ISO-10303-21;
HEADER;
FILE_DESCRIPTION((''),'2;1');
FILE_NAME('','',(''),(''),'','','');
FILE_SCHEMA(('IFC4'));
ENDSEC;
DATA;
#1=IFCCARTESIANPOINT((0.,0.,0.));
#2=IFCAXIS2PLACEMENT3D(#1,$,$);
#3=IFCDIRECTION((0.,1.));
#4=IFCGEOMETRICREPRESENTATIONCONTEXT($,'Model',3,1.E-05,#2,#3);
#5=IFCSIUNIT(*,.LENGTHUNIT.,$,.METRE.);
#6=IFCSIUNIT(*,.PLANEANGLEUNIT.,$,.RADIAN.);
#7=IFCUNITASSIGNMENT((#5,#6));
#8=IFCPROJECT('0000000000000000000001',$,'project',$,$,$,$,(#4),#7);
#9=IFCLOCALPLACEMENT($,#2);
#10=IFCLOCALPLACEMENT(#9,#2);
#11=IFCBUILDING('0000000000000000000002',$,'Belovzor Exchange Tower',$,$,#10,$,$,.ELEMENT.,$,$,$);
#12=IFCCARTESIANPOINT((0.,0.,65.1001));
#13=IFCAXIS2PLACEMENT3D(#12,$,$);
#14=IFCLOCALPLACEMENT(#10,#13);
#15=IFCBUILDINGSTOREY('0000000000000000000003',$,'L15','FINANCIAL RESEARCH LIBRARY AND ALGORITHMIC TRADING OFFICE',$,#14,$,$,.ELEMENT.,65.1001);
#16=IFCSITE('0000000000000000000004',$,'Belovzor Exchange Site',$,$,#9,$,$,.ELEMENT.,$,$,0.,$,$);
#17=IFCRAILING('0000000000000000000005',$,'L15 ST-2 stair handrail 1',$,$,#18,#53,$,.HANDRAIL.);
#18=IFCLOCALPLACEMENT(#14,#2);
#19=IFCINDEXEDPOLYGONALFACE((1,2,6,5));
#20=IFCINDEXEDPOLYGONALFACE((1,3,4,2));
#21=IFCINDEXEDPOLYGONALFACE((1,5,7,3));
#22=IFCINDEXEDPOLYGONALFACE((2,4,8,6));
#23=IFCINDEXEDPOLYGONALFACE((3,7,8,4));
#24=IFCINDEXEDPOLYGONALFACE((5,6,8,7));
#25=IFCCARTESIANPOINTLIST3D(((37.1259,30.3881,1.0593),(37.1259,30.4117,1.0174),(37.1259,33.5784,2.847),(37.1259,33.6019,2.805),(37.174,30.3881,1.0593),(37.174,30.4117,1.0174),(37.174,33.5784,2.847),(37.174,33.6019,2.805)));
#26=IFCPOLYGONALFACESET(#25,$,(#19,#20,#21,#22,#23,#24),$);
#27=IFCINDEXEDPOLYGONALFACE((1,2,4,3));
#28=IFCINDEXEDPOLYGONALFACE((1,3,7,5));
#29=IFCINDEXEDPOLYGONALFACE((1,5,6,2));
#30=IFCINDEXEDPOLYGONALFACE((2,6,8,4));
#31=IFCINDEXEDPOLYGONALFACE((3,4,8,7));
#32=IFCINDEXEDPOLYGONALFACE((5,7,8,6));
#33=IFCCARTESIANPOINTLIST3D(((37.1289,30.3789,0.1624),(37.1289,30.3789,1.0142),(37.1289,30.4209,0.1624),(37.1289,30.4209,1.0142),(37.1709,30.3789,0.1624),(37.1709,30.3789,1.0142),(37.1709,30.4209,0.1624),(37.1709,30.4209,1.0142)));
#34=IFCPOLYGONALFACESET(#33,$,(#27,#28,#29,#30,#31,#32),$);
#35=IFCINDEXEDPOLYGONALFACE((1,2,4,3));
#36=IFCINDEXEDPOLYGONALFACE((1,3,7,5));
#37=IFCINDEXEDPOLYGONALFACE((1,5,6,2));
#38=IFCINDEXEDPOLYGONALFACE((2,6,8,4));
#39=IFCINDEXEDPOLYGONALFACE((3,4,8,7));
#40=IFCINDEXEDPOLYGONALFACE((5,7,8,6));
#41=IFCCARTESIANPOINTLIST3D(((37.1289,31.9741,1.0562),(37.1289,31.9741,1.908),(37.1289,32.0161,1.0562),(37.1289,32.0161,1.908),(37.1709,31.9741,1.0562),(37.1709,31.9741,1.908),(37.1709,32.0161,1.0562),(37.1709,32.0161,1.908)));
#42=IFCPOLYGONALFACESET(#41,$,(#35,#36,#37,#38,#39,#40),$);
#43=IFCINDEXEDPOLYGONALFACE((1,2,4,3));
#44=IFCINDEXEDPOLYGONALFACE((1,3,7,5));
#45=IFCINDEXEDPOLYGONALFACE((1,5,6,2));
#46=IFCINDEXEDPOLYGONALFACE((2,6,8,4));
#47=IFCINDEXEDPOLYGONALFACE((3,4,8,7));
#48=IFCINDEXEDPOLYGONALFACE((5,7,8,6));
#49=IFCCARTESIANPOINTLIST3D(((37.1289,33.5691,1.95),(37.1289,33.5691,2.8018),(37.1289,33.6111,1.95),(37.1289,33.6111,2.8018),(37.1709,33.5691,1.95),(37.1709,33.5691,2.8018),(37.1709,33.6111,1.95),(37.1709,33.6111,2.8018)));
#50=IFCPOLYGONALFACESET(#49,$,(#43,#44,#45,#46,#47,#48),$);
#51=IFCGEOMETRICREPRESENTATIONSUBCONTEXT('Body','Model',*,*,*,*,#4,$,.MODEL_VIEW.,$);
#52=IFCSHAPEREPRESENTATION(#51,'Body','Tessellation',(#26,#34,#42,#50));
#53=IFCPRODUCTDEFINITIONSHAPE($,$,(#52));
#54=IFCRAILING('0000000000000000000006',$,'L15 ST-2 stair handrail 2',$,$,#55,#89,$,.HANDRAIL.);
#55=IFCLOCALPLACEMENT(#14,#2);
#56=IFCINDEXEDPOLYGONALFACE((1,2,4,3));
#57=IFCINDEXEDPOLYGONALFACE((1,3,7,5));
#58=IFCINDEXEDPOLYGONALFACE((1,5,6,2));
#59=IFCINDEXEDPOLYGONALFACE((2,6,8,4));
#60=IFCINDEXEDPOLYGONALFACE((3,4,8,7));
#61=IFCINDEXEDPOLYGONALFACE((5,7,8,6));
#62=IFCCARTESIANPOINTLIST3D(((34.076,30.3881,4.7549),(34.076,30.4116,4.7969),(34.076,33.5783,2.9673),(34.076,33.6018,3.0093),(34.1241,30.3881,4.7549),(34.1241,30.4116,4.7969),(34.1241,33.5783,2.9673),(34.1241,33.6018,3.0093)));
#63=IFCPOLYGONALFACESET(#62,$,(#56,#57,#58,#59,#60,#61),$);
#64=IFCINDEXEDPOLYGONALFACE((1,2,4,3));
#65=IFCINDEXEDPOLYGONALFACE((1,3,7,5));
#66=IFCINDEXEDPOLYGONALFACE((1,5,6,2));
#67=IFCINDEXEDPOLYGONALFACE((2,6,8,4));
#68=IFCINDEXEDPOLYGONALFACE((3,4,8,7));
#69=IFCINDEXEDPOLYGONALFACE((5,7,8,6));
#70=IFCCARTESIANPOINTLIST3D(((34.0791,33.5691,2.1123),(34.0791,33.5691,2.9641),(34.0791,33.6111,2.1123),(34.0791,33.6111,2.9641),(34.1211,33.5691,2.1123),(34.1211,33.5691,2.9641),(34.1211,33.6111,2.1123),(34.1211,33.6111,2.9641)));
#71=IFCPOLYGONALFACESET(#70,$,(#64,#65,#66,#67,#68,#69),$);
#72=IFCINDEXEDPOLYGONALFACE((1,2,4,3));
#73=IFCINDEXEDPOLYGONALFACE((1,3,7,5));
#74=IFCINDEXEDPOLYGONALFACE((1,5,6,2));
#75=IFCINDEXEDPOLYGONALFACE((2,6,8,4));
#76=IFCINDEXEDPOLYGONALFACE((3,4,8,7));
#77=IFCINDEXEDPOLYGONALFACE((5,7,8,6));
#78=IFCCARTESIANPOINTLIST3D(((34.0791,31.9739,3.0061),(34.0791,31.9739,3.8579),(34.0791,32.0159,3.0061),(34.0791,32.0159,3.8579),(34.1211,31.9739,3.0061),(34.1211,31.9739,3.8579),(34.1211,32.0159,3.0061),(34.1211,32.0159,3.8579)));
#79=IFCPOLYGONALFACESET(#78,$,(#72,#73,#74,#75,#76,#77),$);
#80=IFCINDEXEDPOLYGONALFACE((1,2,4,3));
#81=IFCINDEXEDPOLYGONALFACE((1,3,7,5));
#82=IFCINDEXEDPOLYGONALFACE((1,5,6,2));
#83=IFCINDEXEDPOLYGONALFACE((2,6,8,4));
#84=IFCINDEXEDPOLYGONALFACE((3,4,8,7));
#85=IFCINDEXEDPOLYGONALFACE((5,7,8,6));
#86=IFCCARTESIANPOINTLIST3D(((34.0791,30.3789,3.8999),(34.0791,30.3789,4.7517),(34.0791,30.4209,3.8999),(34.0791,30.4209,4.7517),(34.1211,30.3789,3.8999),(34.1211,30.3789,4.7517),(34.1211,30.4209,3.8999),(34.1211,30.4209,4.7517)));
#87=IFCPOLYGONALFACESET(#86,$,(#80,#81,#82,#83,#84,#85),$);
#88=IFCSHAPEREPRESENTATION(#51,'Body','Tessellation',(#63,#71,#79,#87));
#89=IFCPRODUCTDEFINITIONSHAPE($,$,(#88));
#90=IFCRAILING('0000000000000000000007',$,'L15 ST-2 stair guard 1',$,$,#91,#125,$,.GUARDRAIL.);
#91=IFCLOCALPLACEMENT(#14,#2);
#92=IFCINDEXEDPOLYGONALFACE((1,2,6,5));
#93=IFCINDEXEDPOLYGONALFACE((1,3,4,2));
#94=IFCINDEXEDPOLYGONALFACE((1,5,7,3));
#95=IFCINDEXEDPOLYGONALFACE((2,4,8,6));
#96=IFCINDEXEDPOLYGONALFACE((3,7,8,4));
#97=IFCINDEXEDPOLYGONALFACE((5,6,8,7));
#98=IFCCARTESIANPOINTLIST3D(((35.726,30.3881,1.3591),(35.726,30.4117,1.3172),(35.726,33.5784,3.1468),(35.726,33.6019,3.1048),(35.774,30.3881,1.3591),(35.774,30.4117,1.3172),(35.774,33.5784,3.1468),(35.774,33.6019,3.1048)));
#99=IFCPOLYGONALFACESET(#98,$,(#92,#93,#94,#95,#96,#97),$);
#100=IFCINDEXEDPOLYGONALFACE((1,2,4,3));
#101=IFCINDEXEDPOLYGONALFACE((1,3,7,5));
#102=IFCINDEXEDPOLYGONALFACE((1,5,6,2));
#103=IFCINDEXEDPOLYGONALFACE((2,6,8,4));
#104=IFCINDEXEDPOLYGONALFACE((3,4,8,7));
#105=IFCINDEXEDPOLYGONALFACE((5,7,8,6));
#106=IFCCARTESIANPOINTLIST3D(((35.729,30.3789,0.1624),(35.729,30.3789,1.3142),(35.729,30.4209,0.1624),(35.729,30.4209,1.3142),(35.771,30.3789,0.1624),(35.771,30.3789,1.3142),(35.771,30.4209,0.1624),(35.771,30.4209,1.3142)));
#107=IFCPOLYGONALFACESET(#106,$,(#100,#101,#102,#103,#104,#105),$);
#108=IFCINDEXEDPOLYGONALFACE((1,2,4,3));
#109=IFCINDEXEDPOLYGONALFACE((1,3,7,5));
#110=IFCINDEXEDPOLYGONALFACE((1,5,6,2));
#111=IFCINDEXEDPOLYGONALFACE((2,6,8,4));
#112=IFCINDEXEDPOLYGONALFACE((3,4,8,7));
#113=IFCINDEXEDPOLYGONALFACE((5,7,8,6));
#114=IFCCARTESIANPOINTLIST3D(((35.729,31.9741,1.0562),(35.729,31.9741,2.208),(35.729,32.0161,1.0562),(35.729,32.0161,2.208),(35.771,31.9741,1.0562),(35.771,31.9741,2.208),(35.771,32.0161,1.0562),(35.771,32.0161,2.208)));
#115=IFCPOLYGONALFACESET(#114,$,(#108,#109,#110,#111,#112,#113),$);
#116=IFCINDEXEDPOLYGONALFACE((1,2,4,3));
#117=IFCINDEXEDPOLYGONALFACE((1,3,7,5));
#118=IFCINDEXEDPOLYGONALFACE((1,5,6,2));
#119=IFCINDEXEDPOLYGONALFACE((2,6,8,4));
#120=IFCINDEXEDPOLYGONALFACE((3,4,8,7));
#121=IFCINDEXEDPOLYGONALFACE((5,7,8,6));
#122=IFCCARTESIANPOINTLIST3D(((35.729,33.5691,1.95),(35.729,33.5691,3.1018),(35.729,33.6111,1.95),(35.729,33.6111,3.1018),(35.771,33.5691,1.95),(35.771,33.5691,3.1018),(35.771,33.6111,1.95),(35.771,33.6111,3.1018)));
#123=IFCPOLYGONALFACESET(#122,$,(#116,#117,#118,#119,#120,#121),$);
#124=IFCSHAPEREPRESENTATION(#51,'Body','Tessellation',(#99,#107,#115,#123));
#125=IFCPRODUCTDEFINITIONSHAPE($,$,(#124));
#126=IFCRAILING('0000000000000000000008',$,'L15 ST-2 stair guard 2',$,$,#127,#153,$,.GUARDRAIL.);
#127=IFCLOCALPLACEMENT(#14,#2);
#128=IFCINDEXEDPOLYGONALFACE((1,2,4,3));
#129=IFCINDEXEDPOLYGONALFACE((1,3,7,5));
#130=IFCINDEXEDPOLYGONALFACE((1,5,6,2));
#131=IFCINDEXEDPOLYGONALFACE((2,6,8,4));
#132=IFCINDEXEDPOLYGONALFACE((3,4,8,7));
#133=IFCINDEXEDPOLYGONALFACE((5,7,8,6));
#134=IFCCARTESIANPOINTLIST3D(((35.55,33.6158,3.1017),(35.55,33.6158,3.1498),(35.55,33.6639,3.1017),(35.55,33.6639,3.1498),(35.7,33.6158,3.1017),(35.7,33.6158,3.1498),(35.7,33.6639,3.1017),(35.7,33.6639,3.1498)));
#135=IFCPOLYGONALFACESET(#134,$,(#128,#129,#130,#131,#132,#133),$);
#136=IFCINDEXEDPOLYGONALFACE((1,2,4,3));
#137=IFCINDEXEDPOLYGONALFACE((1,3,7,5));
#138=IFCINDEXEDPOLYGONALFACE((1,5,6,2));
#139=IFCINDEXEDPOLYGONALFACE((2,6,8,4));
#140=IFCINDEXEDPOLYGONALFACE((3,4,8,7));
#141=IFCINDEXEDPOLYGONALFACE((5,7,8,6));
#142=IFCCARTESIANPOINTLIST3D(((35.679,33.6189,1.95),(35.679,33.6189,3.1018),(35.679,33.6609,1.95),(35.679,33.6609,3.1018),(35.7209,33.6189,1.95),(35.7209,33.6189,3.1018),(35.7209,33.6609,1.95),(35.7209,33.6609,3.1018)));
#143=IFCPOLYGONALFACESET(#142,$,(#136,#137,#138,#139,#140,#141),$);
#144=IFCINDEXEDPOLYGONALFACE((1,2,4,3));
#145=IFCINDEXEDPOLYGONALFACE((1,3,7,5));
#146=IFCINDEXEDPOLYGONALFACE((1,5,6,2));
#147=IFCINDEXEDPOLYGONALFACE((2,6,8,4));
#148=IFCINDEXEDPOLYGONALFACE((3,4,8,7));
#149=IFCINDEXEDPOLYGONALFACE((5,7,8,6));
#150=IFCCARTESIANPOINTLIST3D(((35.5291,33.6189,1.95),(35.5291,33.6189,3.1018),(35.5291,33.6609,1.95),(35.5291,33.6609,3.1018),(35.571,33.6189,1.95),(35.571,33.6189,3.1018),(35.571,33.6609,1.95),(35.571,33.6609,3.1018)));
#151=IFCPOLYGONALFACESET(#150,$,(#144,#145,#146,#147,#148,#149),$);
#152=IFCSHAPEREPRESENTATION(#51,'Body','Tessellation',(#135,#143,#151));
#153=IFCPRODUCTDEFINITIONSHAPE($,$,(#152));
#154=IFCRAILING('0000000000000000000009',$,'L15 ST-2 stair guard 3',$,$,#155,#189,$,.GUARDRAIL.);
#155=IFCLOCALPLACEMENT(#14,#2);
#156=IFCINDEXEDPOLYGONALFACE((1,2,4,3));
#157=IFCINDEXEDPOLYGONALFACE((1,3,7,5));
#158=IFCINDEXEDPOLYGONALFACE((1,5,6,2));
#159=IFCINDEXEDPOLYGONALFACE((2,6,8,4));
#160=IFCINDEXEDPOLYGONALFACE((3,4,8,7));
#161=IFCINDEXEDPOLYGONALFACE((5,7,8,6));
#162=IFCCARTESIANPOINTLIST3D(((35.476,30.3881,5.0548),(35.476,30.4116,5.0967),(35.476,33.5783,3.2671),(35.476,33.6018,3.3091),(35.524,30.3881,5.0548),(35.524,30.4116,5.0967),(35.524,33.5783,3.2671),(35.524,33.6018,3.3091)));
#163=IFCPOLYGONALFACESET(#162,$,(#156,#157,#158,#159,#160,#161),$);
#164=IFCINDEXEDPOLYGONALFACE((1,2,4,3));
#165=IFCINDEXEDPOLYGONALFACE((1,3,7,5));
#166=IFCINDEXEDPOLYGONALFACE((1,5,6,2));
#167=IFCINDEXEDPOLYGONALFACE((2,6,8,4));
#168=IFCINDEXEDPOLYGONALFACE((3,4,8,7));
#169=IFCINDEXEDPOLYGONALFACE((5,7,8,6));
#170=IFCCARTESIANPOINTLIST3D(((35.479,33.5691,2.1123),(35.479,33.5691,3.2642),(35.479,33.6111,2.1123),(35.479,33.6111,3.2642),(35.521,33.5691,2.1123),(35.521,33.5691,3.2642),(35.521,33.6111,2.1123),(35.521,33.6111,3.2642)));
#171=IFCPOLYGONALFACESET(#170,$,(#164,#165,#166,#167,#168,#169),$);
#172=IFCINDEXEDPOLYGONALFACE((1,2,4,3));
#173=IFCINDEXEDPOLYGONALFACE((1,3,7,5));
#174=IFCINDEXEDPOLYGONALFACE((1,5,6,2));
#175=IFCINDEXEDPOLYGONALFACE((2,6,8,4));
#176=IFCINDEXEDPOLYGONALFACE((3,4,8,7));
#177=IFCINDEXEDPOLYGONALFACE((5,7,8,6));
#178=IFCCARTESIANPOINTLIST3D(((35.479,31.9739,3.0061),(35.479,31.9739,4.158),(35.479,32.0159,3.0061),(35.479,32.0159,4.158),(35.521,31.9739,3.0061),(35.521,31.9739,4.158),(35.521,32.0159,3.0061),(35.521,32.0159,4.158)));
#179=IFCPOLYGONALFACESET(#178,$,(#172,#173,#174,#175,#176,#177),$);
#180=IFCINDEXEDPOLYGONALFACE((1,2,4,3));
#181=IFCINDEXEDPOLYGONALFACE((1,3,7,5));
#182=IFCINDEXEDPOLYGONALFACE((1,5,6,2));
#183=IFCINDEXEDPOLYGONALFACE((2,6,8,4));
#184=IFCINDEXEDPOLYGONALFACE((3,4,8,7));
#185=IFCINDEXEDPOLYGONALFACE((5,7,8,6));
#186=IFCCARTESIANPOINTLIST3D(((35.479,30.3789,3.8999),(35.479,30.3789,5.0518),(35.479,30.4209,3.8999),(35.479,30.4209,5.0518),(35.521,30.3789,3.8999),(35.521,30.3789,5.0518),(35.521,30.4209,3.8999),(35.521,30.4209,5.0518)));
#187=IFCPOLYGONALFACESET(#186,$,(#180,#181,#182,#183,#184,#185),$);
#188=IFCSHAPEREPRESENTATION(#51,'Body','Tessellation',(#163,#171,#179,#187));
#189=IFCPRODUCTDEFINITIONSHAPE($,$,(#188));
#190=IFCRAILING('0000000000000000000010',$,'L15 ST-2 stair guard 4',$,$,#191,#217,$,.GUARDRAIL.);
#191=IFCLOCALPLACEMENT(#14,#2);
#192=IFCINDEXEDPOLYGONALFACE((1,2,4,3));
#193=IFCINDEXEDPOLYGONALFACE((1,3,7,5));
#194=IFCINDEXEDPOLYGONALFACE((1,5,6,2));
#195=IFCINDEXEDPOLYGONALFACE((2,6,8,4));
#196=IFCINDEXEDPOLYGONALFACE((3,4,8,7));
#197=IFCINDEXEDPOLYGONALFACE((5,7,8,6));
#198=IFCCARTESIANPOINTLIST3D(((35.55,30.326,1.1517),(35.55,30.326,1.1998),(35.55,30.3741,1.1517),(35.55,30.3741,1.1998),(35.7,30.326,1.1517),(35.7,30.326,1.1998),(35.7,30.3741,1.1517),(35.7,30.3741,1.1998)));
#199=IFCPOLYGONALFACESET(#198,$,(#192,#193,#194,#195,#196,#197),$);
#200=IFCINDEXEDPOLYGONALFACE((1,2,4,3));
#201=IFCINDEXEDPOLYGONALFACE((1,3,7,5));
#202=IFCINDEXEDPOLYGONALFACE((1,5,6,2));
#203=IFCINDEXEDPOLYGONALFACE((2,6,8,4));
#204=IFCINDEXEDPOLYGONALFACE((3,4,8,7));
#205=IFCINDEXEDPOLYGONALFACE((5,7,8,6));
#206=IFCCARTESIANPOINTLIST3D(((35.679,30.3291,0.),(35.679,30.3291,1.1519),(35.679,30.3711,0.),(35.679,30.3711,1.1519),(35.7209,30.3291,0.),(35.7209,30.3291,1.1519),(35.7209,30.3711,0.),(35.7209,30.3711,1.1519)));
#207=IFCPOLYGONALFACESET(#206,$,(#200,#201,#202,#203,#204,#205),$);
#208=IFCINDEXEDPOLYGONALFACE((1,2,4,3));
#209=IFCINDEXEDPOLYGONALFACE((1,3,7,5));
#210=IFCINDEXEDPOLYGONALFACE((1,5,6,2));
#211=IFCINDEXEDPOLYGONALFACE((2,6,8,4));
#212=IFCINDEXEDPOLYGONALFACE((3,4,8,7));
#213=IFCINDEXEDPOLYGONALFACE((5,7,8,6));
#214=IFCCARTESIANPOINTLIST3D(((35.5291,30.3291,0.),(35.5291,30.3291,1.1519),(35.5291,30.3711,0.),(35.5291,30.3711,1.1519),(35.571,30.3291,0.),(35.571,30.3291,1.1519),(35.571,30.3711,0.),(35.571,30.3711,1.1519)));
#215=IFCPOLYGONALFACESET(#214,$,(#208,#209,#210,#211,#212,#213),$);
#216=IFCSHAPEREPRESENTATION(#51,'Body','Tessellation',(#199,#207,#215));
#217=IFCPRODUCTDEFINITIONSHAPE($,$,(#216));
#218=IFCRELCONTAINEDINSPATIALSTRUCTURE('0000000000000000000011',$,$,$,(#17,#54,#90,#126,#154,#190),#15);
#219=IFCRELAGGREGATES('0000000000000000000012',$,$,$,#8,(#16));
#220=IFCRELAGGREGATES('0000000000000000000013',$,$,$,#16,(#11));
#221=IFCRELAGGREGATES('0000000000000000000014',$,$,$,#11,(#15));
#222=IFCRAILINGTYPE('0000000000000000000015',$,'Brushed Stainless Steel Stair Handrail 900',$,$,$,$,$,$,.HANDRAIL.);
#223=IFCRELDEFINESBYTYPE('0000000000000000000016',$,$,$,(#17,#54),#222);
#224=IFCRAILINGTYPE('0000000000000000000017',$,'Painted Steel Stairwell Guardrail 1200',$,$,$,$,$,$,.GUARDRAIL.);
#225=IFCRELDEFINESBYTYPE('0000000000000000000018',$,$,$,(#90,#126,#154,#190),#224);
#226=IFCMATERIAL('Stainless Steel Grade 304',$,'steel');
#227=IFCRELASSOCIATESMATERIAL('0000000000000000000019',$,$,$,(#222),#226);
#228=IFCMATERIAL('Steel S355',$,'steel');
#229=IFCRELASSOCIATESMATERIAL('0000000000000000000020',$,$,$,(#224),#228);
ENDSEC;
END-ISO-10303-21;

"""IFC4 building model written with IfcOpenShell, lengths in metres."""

from ifc_helpers import new_model, si_unit, direction, frame, origin, origin_2d, place, context, subcontext, project, spatial, rectangle, extrude, material, type_object, element, save


model = new_model("IFC4")

# Units and contexts
model_context = context("Model", 3, precision=1e-05, world=origin(), true_north=direction((0.0, 1.0)))
body_context = subcontext(model_context, "Body", "Model", "MODEL_VIEW")
ifc_project = project(units=[si_unit("LENGTHUNIT", "METRE"), si_unit("PLANEANGLEUNIT", "RADIAN")], contexts=[model_context])

# Site, building, storey
site_placement = place(None, origin())
site = spatial("IfcSite", under=ifc_project, at=site_placement, Name="Belovzor Exchange Site", CompositionType="ELEMENT", RefElevation=0.0)
building_placement = place(site_placement, origin())
building = spatial("IfcBuilding", under=site, at=building_placement, Name="Belovzor Exchange Tower", CompositionType="ELEMENT")
storey_placement = place(building_placement, frame((0.0, 0.0, 65.1001)))
storey = spatial("IfcBuildingStorey", under=building, at=storey_placement, Name="L15", Description="FINANCIAL RESEARCH LIBRARY AND ALGORITHMIC TRADING OFFICE", CompositionType="ELEMENT", Elevation=65.1001)

# Railings
ifc_material_1 = material(Name="Stainless Steel Grade 304", Category="steel")
railing_type_1 = type_object("IfcRailingType", Name="Brushed Stainless Steel Stair Handrail 900", PredefinedType="HANDRAIL", material=ifc_material_1)
railing_1_placement = place(storey_placement, frame((37.1499, 30.3999, 0.1624)))
element("IfcRailing", 1, at=railing_1_placement, inside=storey, type_object=railing_type_1, Name="L15 ST-2 stair handrail 1", PredefinedType="HANDRAIL", context=body_context, shape_type="SweptSolid", body=[
    extrude(rectangle(XDim=0.0481, YDim=0.0481, at=origin_2d()), frame((0.0, 0.0, 0.876), z_axis=(0.0, 0.872378, 0.488831), x_axis=(-1.0, 0.0, 0.0)), (0.0, 0.0, 1.0), 3.657),
    extrude(rectangle(XDim=0.042, YDim=0.042, at=origin_2d()), origin(), (0.0, 0.0, 1.0), 0.8518),
    extrude(rectangle(XDim=0.042, YDim=0.042, at=origin_2d()), frame((0.0, 1.5952, 0.8938)), (0.0, 0.0, 1.0), 0.8518),
    extrude(rectangle(XDim=0.042, YDim=0.042, at=origin_2d()), frame((0.0, 3.1902, 1.7876)), (0.0, 0.0, 1.0), 0.8518),
])
railing_2_placement = place(storey_placement, frame((34.1001, 33.5901, 2.1123)))
element("IfcRailing", 2, at=railing_2_placement, inside=storey, type_object=railing_type_1, Name="L15 ST-2 stair handrail 2", PredefinedType="HANDRAIL", context=body_context, shape_type="SweptSolid", body=[
    extrude(rectangle(XDim=0.0481, YDim=0.0481, at=origin_2d()), frame((0.0, 0.0, 0.876), z_axis=(0.0, -0.872378, 0.488831), x_axis=(1.0, 0.0, 0.0)), (0.0, 0.0, 1.0), 3.657),
    extrude(rectangle(XDim=0.042, YDim=0.042, at=origin_2d()), origin(), (0.0, 0.0, 1.0), 0.8518),
    extrude(rectangle(XDim=0.042, YDim=0.042, at=origin_2d()), frame((0.0, -1.5952, 0.8938)), (0.0, 0.0, 1.0), 0.8518),
    extrude(rectangle(XDim=0.042, YDim=0.042, at=origin_2d()), frame((0.0, -3.1902, 1.7876)), (0.0, 0.0, 1.0), 0.8518),
])
ifc_material_2 = material(Name="Steel S355", Category="steel")
railing_type_2 = type_object("IfcRailingType", Name="Painted Steel Stairwell Guardrail 1200", PredefinedType="GUARDRAIL", material=ifc_material_2)
railing_3_placement = place(storey_placement, frame((35.75, 30.3999, 0.1624)))
element("IfcRailing", 3, at=railing_3_placement, inside=storey, type_object=railing_type_2, Name="L15 ST-2 stair guard 1", PredefinedType="GUARDRAIL", context=body_context, shape_type="SweptSolid", body=[
    extrude(rectangle(XDim=0.0481, YDim=0.0481, at=origin_2d()), frame((0.0, 0.0, 1.1758), z_axis=(0.0, 0.872378, 0.488831), x_axis=(-1.0, 0.0, 0.0)), (0.0, 0.0, 1.0), 3.657),
    extrude(rectangle(XDim=0.042, YDim=0.042, at=origin_2d()), origin(), (0.0, 0.0, 1.0), 1.1519),
    extrude(rectangle(XDim=0.042, YDim=0.042, at=origin_2d()), frame((0.0, 1.5952, 0.8938)), (0.0, 0.0, 1.0), 1.1519),
    extrude(rectangle(XDim=0.042, YDim=0.042, at=origin_2d()), frame((0.0, 3.1902, 1.7876)), (0.0, 0.0, 1.0), 1.1519),
])
railing_4_placement = place(storey_placement, frame((35.7, 33.6399, 1.95)))
element("IfcRailing", 4, at=railing_4_placement, inside=storey, type_object=railing_type_2, Name="L15 ST-2 stair guard 2", PredefinedType="GUARDRAIL", context=body_context, shape_type="SweptSolid", body=[
    extrude(rectangle(XDim=0.0481, YDim=0.0481, at=origin_2d()), frame((0.0, 0.0, 1.1758), z_axis=(-1.0, 0.0, 0.0), x_axis=(0.0, -1.0, 0.0)), (0.0, 0.0, 1.0), 0.1499),
    extrude(rectangle(XDim=0.042, YDim=0.042, at=origin_2d()), origin(), (0.0, 0.0, 1.0), 1.1519),
    extrude(rectangle(XDim=0.042, YDim=0.042, at=origin_2d()), frame((-0.1499, 0.0, 0.0)), (0.0, 0.0, 1.0), 1.1519),
])
railing_5_placement = place(storey_placement, frame((35.5, 33.5901, 2.1123)))
element("IfcRailing", 5, at=railing_5_placement, inside=storey, type_object=railing_type_2, Name="L15 ST-2 stair guard 3", PredefinedType="GUARDRAIL", context=body_context, shape_type="SweptSolid", body=[
    extrude(rectangle(XDim=0.0481, YDim=0.0481, at=origin_2d()), frame((0.0, 0.0, 1.1758), z_axis=(0.0, -0.872378, 0.488831), x_axis=(1.0, 0.0, 0.0)), (0.0, 0.0, 1.0), 3.657),
    extrude(rectangle(XDim=0.042, YDim=0.042, at=origin_2d()), origin(), (0.0, 0.0, 1.0), 1.1519),
    extrude(rectangle(XDim=0.042, YDim=0.042, at=origin_2d()), frame((0.0, -1.5952, 0.8938)), (0.0, 0.0, 1.0), 1.1519),
    extrude(rectangle(XDim=0.042, YDim=0.042, at=origin_2d()), frame((0.0, -3.1902, 1.7876)), (0.0, 0.0, 1.0), 1.1519),
])
railing_6_placement = place(storey_placement, frame((35.7, 30.3501, 0.0)))
element("IfcRailing", 6, at=railing_6_placement, inside=storey, type_object=railing_type_2, Name="L15 ST-2 stair guard 4", PredefinedType="GUARDRAIL", context=body_context, shape_type="SweptSolid", body=[
    extrude(rectangle(XDim=0.0481, YDim=0.0481, at=origin_2d()), frame((0.0, 0.0, 1.1758), z_axis=(-1.0, 0.0, 0.0), x_axis=(0.0, -1.0, 0.0)), (0.0, 0.0, 1.0), 0.1499),
    extrude(rectangle(XDim=0.042, YDim=0.042, at=origin_2d()), origin(), (0.0, 0.0, 1.0), 1.1519),
    extrude(rectangle(XDim=0.042, YDim=0.042, at=origin_2d()), frame((-0.1499, 0.0, 0.0)), (0.0, 0.0, 1.0), 1.1519),
])

save(model, "model.ifc")
